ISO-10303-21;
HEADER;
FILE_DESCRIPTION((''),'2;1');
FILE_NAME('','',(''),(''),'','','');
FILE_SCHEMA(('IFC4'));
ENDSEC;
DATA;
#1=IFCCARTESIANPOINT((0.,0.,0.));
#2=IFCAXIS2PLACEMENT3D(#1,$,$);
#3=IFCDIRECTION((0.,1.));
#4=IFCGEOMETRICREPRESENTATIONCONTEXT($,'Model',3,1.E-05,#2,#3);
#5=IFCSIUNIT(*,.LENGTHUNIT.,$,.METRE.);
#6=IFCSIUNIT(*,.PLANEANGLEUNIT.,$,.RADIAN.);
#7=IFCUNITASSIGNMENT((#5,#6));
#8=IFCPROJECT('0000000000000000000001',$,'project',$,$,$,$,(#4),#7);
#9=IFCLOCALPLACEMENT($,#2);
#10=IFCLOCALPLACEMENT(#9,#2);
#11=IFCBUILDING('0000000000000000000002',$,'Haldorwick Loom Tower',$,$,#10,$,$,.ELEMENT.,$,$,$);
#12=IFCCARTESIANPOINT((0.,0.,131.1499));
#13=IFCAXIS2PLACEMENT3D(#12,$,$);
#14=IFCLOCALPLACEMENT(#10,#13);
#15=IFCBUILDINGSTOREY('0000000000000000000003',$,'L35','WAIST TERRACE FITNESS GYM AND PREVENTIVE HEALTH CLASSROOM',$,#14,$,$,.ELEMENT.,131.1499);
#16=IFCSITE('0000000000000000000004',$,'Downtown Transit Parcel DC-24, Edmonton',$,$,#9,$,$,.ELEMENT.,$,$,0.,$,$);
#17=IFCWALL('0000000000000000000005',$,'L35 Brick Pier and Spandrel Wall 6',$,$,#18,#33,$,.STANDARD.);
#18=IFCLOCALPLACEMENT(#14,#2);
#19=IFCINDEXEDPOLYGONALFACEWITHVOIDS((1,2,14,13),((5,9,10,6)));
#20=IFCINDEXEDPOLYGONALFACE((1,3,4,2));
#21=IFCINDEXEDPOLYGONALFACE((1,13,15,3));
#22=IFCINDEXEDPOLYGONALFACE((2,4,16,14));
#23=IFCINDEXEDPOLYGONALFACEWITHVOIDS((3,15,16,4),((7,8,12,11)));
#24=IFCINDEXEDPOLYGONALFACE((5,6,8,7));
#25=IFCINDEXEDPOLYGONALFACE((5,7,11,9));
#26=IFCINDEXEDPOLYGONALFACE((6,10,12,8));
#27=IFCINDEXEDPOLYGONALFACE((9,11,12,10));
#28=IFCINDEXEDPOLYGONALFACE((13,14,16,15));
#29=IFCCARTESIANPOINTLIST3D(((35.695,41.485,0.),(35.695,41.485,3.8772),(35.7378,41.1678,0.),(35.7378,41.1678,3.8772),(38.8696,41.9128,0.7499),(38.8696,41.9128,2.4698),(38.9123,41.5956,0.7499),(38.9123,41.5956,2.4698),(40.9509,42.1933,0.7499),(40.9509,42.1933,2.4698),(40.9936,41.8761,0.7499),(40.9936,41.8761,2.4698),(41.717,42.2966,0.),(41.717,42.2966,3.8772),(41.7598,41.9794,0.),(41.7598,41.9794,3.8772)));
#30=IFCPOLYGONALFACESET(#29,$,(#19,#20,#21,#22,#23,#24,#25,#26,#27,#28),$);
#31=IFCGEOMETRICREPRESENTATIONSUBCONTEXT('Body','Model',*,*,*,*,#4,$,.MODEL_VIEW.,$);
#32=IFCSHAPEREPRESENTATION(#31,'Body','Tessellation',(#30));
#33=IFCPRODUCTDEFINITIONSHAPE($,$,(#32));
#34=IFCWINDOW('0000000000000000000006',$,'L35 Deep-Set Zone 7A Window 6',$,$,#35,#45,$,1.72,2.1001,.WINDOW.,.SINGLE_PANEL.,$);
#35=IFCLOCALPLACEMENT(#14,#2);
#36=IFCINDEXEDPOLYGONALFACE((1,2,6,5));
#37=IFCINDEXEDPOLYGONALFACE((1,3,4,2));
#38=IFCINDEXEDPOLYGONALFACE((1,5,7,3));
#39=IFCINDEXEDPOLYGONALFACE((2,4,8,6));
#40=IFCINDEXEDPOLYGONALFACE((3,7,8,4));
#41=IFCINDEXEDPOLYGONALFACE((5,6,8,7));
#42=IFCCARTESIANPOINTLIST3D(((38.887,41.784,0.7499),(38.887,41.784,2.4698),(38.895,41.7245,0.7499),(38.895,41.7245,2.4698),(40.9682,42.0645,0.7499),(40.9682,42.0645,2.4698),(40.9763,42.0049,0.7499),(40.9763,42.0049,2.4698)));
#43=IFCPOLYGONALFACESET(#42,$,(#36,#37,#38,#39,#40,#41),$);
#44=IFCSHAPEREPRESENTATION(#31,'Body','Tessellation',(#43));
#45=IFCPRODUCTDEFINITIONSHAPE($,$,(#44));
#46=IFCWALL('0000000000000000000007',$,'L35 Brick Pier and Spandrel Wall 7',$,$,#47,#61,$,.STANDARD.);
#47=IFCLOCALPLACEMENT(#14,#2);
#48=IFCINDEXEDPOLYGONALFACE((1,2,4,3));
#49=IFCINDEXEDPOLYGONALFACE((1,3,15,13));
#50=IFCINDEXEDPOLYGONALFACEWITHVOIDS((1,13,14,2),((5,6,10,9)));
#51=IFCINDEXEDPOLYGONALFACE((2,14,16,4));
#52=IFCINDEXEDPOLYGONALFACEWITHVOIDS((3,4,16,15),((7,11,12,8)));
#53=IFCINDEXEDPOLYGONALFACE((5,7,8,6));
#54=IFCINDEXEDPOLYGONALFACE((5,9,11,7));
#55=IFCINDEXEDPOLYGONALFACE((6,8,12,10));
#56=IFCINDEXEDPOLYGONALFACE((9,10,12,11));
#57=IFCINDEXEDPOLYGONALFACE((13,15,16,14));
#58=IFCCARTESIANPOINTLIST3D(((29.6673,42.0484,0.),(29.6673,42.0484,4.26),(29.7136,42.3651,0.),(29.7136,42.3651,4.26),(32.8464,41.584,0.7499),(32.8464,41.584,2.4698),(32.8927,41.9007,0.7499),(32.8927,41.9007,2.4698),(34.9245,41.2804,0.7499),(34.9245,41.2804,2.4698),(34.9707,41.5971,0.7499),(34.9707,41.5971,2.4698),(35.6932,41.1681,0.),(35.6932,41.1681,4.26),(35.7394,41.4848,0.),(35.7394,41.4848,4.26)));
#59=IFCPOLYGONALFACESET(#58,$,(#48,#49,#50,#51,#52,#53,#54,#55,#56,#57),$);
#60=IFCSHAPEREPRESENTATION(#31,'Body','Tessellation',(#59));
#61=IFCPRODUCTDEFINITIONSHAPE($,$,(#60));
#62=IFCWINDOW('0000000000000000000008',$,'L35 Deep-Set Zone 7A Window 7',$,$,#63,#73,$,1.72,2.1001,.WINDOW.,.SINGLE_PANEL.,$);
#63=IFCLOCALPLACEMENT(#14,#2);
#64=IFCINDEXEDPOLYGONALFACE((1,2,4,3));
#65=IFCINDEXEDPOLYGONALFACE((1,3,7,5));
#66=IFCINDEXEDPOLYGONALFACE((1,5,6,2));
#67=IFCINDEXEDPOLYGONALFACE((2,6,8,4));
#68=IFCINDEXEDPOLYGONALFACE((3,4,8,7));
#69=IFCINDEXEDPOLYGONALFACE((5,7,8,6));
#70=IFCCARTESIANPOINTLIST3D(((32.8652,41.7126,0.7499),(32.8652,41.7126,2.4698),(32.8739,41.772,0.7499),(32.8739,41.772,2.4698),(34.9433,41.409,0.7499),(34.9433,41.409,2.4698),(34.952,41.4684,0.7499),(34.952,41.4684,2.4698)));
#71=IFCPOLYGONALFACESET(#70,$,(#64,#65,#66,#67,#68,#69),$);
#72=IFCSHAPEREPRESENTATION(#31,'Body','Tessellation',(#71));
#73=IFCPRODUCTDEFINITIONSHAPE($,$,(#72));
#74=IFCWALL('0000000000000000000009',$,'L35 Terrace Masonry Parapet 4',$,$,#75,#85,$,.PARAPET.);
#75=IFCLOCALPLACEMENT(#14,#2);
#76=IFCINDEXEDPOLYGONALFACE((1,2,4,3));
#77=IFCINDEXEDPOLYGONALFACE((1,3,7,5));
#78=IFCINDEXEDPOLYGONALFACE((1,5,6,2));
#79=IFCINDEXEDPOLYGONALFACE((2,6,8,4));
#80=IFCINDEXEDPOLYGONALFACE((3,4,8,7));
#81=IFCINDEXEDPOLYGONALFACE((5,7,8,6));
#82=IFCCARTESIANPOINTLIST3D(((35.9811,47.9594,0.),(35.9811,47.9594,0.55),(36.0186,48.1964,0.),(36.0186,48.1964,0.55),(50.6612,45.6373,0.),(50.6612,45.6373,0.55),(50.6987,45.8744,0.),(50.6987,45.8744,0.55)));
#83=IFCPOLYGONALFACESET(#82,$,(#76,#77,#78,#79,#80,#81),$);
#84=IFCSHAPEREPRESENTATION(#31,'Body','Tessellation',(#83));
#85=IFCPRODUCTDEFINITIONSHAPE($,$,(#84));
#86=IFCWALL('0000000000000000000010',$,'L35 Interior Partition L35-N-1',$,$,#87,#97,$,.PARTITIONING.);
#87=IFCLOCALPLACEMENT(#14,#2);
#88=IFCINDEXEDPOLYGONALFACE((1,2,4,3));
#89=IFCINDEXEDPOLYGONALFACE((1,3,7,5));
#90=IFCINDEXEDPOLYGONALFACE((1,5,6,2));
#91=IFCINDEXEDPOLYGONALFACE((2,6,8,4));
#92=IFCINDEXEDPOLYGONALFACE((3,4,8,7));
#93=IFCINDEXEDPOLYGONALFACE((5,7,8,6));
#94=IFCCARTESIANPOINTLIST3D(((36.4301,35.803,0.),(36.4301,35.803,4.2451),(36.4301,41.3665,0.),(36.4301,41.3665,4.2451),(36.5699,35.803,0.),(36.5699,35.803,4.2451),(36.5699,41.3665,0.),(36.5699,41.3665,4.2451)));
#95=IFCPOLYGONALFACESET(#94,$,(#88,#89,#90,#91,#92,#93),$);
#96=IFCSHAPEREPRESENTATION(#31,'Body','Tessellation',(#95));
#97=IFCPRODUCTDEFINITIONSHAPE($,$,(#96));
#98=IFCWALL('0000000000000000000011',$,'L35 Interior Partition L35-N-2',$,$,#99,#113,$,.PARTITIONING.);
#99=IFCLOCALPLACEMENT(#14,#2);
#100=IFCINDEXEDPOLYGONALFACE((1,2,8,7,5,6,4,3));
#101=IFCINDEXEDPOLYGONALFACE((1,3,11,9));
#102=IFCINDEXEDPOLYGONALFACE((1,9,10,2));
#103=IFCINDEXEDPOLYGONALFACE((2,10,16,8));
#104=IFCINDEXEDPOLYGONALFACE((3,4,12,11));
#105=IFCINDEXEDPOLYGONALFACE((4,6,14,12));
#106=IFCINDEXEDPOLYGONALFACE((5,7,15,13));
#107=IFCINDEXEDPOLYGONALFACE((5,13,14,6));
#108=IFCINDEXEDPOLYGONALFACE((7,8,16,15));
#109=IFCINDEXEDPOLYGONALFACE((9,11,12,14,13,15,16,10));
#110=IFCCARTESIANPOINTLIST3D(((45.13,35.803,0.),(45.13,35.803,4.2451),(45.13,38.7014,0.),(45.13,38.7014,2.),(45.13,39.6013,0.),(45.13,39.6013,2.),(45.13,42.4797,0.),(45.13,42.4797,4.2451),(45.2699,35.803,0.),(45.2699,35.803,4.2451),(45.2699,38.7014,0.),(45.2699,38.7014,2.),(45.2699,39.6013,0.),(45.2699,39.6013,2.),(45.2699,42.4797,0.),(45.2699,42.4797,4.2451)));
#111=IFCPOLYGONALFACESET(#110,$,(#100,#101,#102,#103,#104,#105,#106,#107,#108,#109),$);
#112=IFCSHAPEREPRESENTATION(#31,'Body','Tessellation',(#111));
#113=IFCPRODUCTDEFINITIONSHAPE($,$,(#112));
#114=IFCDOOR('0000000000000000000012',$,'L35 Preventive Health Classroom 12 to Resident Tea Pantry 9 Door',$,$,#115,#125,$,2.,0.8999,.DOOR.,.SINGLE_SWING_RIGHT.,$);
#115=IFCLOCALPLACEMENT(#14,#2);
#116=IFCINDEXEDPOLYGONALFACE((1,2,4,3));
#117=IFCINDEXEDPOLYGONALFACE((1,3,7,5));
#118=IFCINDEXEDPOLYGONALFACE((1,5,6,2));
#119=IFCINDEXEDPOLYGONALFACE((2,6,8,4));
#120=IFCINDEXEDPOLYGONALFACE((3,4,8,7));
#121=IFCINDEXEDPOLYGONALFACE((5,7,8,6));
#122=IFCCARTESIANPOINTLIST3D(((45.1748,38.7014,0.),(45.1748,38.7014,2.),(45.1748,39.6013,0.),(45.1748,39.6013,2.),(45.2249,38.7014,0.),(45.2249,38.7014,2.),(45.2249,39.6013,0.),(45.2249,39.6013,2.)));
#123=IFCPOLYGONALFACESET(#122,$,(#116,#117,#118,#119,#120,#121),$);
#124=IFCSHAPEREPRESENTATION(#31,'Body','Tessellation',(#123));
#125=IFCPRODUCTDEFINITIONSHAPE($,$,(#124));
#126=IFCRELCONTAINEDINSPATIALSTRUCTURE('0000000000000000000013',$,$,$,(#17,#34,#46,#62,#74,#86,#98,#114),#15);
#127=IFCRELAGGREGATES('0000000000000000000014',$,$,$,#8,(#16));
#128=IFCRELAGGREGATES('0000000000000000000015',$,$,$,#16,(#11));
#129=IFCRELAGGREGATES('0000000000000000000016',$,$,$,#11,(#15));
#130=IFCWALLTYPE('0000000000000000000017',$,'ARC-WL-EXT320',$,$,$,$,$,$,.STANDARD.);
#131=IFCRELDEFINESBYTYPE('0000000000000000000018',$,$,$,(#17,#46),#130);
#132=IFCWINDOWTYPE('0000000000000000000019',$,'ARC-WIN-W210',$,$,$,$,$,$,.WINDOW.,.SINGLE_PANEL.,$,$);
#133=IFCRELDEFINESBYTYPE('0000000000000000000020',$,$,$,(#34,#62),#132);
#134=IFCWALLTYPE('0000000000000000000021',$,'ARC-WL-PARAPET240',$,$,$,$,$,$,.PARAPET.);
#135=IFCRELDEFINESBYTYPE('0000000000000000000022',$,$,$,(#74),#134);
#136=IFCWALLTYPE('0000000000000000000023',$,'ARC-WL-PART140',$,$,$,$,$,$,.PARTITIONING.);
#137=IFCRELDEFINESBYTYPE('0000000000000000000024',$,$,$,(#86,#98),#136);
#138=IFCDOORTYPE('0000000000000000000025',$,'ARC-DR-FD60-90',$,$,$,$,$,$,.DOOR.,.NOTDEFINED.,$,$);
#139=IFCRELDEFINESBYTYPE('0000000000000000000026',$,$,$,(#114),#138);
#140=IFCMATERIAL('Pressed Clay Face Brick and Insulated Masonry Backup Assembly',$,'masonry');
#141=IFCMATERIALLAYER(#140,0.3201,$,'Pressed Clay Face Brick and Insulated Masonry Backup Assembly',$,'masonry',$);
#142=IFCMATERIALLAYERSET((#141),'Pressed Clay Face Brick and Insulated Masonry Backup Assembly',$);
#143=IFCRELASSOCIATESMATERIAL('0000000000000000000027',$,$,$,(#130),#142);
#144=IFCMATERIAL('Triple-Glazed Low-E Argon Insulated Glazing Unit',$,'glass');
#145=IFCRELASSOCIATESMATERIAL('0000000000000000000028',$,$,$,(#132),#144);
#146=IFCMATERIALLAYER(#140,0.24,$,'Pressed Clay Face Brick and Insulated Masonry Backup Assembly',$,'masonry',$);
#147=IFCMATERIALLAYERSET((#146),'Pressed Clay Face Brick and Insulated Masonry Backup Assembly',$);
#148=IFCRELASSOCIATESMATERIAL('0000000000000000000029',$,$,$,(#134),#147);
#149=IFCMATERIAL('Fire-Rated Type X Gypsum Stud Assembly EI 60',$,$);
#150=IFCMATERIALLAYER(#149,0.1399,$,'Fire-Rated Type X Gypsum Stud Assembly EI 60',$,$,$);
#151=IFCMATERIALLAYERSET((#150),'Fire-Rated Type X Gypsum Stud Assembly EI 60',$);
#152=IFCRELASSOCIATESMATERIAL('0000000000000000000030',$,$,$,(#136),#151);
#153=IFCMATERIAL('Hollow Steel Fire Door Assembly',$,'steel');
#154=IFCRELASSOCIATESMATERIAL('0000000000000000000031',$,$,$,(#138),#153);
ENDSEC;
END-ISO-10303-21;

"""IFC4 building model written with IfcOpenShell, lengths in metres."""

from ifc_helpers import new_model, si_unit, direction, frame, frame_2d, origin, place, context, subcontext, project, spatial, rectangle, extrude, material, layer, layer_set, type_object, element, fill, save


model = new_model("IFC4")

# Units and contexts
model_context = context("Model", 3, precision=1e-05, world=origin(), true_north=direction((0.0, 1.0)))
body_context = subcontext(model_context, "Body", "Model", "MODEL_VIEW")
ifc_project = project(units=[si_unit("LENGTHUNIT", "METRE"), si_unit("PLANEANGLEUNIT", "RADIAN")], contexts=[model_context])

# Site, building, storey
site_placement = place(None, origin())
site = spatial("IfcSite", under=ifc_project, at=site_placement, Name="Downtown Transit Parcel DC-24, Edmonton", CompositionType="ELEMENT", RefElevation=0.0)
building_placement = place(site_placement, origin())
building = spatial("IfcBuilding", under=site, at=building_placement, Name="Haldorwick Loom Tower", CompositionType="ELEMENT")
storey_placement = place(building_placement, frame((0.0, 0.0, 131.1499)))
storey = spatial("IfcBuildingStorey", under=building, at=storey_placement, Name="L35", Description="WAIST TERRACE FITNESS GYM AND PREVENTIVE HEALTH CLASSROOM", CompositionType="ELEMENT", Elevation=131.1499)

# Walls, openings, windows
ifc_material_1 = material(Name="Pressed Clay Face Brick and Insulated Masonry Backup Assembly", Category="masonry")
ifc_layer_1 = layer(ifc_material_1, 0.3201, Name="Pressed Clay Face Brick and Insulated Masonry Backup Assembly", Category="masonry")
ifc_layer_set_1 = layer_set([ifc_layer_1], Name="Pressed Clay Face Brick and Insulated Masonry Backup Assembly")
wall_type_1 = type_object("IfcWallType", Name="ARC-WL-EXT320", PredefinedType="STANDARD", material=ifc_layer_set_1)
wall_1_placement = place(storey_placement, frame((41.7383, 42.1379, 0.0), z_axis=(0.0, 0.0, 1.0), x_axis=(-0.991042, -0.133553, 0.0)))
wall_1 = element("IfcWall", 1, at=wall_1_placement, inside=storey, type_object=wall_type_1, Name="L35 Brick Pier and Spandrel Wall 6", PredefinedType="STANDARD", context=body_context, shape_type="SweptSolid", body=[
    extrude(rectangle(XDim=6.0764, YDim=0.3201, at=frame_2d((3.0381, 0.0))), origin(), (0.0, 0.0, 1.0), 3.8772),
])
opening_1_placement = place(wall_1_placement, frame((0.7729, 0.0, 0.75)))
opening_1 = element("IfcOpeningElement", 2, at=opening_1_placement, cuts=wall_1, PredefinedType="OPENING", context=body_context, shape_type="SweptSolid", body=[
    extrude(rectangle(XDim=2.1001, YDim=1.72, at=frame_2d((1.05, 0.8599))), frame((0.0, 0.1699, 0.0), z_axis=(0.0, -1.0, 0.0), x_axis=(1.0, 0.0, 0.0)), (0.0, 0.0, 1.0), 0.3401),
])
ifc_material_2 = material(Name="Triple-Glazed Low-E Argon Insulated Glazing Unit", Category="glass")
window_type = type_object("IfcWindowType", Name="ARC-WIN-W210", PartitioningType="SINGLE_PANEL", PredefinedType="WINDOW", material=ifc_material_2)
window_1_placement = place(opening_1_placement, origin())
window_1 = element("IfcWindow", 3, at=window_1_placement, inside=storey, type_object=window_type, Name="L35 Deep-Set Zone 7A Window 6", OverallHeight=1.72, OverallWidth=2.1001, PartitioningType="SINGLE_PANEL", PredefinedType="WINDOW", context=body_context, shape_type="SweptSolid", body=[
    extrude(rectangle(XDim=2.1001, YDim=1.72, at=frame_2d((1.05, 0.8599))), frame((0.0, 0.03, 0.0), z_axis=(0.0, -1.0, 0.0), x_axis=(1.0, 0.0, 0.0)), (0.0, 0.0, 1.0), 0.0601),
])
fill(opening_1, window_1)
wall_2_placement = place(storey_placement, frame((35.7163, 41.3264, 0.0), z_axis=(0.0, 0.0, 1.0), x_axis=(-0.989495, 0.144564, 0.0)))
wall_2 = element("IfcWall", 4, at=wall_2_placement, inside=storey, type_object=wall_type_1, Name="L35 Brick Pier and Spandrel Wall 7", PredefinedType="STANDARD", context=body_context, shape_type="SweptSolid", body=[
    extrude(rectangle(XDim=6.0898, YDim=0.3201, at=frame_2d((3.0449, 0.0))), origin(), (0.0, 0.0, 1.0), 4.26),
])
opening_2_placement = place(wall_2_placement, frame((0.7769, 0.0, 0.75)))
opening_2 = element("IfcOpeningElement", 5, at=opening_2_placement, cuts=wall_2, PredefinedType="OPENING", context=body_context, shape_type="SweptSolid", body=[
    extrude(rectangle(XDim=2.1001, YDim=1.72, at=frame_2d((1.05, 0.8599))), frame((0.0, 0.1699, 0.0), z_axis=(0.0, -1.0, 0.0), x_axis=(1.0, 0.0, 0.0)), (0.0, 0.0, 1.0), 0.3401),
])
window_2_placement = place(opening_2_placement, origin())
window_2 = element("IfcWindow", 6, at=window_2_placement, inside=storey, type_object=window_type, Name="L35 Deep-Set Zone 7A Window 7", OverallHeight=1.72, OverallWidth=2.1001, PartitioningType="SINGLE_PANEL", PredefinedType="WINDOW", context=body_context, shape_type="SweptSolid", body=[
    extrude(rectangle(XDim=2.1001, YDim=1.72, at=frame_2d((1.05, 0.8599))), frame((0.0, 0.03, 0.0), z_axis=(0.0, -1.0, 0.0), x_axis=(1.0, 0.0, 0.0)), (0.0, 0.0, 1.0), 0.0601),
])
fill(opening_2, window_2)

# Walls
ifc_layer_2 = layer(ifc_material_1, 0.24, Name="Pressed Clay Face Brick and Insulated Masonry Backup Assembly", Category="masonry")
ifc_layer_set_2 = layer_set([ifc_layer_2], Name="Pressed Clay Face Brick and Insulated Masonry Backup Assembly")
wall_type_2 = type_object("IfcWallType", Name="ARC-WL-PARAPET240", PredefinedType="PARAPET", material=ifc_layer_set_2)
wall_3_placement = place(storey_placement, frame((36.0, 48.0779, 0.0), z_axis=(0.0, 0.0, 1.0), x_axis=(0.98772, -0.156234, 0.0)))
element("IfcWall", 7, at=wall_3_placement, inside=storey, type_object=wall_type_2, Name="L35 Terrace Masonry Parapet 4", PredefinedType="PARAPET", context=body_context, shape_type="SweptSolid", body=[
    extrude(rectangle(XDim=14.8625, YDim=0.24, at=frame_2d((7.4312, 0.0))), origin(), (0.0, 0.0, 1.0), 0.55),
])
ifc_material_3 = material(Name="Fire-Rated Type X Gypsum Stud Assembly EI 60")
ifc_layer_3 = layer(ifc_material_3, 0.1399, Name="Fire-Rated Type X Gypsum Stud Assembly EI 60")
ifc_layer_set_3 = layer_set([ifc_layer_3], Name="Fire-Rated Type X Gypsum Stud Assembly EI 60")
wall_type_3 = type_object("IfcWallType", Name="ARC-WL-PART140", PredefinedType="PARTITIONING", material=ifc_layer_set_3)
wall_4_placement = place(storey_placement, frame((36.5, 35.803, 0.0), z_axis=(0.0, 0.0, 1.0), x_axis=(0.0, 1.0, 0.0)))
element("IfcWall", 8, at=wall_4_placement, inside=storey, type_object=wall_type_3, Name="L35 Interior Partition L35-N-1", PredefinedType="PARTITIONING", context=body_context, shape_type="SweptSolid", body=[
    extrude(rectangle(XDim=5.5635, YDim=0.1399, at=frame_2d((2.7817, 0.0))), origin(), (0.0, 0.0, 1.0), 4.2451),
])

# Wall, opening, door
wall_5_placement = place(storey_placement, frame((45.2, 35.803, 0.0), z_axis=(0.0, 0.0, 1.0), x_axis=(0.0, 1.0, 0.0)))
wall_5 = element("IfcWall", 9, at=wall_5_placement, inside=storey, type_object=wall_type_3, Name="L35 Interior Partition L35-N-2", PredefinedType="PARTITIONING", context=body_context, shape_type="SweptSolid", body=[
    extrude(rectangle(XDim=6.6768, YDim=0.1399, at=frame_2d((3.3384, 0.0))), origin(), (0.0, 0.0, 1.0), 4.2451),
])
opening_3_placement = place(wall_5_placement, frame((2.8984, 0.0, 0.0)))
opening_3 = element("IfcOpeningElement", 10, at=opening_3_placement, cuts=wall_5, PredefinedType="OPENING", context=body_context, shape_type="SweptSolid", body=[
    extrude(rectangle(XDim=0.8999, YDim=2.0, at=frame_2d((0.45, 1.0))), frame((0.0, 0.0798, 0.0), z_axis=(0.0, -1.0, 0.0), x_axis=(1.0, 0.0, 0.0)), (0.0, 0.0, 1.0), 0.1599),
])
ifc_material_4 = material(Name="Hollow Steel Fire Door Assembly", Category="steel")
door_type = type_object("IfcDoorType", Name="ARC-DR-FD60-90", OperationType="NOTDEFINED", PredefinedType="DOOR", material=ifc_material_4)
door_placement = place(opening_3_placement, frame((0.8999, 0.0, 0.0), z_axis=(0.0, 0.0, 1.0), x_axis=(-1.0, 0.0, 0.0)))
door = element("IfcDoor", 11, at=door_placement, inside=storey, type_object=door_type, Name="L35 Preventive Health Classroom 12 to Resident Tea Pantry 9 Door", OperationType="SINGLE_SWING_RIGHT", OverallHeight=2.0, OverallWidth=0.8999, PredefinedType="DOOR", context=body_context, shape_type="SweptSolid", body=[
    extrude(rectangle(XDim=0.8999, YDim=2.0, at=frame_2d((0.45, 1.0))), frame((0.0, 0.0249, 0.0), z_axis=(0.0, -1.0, 0.0), x_axis=(1.0, 0.0, 0.0)), (0.0, 0.0, 1.0), 0.05),
])
fill(opening_3, door)

save(model, "model.ifc")
